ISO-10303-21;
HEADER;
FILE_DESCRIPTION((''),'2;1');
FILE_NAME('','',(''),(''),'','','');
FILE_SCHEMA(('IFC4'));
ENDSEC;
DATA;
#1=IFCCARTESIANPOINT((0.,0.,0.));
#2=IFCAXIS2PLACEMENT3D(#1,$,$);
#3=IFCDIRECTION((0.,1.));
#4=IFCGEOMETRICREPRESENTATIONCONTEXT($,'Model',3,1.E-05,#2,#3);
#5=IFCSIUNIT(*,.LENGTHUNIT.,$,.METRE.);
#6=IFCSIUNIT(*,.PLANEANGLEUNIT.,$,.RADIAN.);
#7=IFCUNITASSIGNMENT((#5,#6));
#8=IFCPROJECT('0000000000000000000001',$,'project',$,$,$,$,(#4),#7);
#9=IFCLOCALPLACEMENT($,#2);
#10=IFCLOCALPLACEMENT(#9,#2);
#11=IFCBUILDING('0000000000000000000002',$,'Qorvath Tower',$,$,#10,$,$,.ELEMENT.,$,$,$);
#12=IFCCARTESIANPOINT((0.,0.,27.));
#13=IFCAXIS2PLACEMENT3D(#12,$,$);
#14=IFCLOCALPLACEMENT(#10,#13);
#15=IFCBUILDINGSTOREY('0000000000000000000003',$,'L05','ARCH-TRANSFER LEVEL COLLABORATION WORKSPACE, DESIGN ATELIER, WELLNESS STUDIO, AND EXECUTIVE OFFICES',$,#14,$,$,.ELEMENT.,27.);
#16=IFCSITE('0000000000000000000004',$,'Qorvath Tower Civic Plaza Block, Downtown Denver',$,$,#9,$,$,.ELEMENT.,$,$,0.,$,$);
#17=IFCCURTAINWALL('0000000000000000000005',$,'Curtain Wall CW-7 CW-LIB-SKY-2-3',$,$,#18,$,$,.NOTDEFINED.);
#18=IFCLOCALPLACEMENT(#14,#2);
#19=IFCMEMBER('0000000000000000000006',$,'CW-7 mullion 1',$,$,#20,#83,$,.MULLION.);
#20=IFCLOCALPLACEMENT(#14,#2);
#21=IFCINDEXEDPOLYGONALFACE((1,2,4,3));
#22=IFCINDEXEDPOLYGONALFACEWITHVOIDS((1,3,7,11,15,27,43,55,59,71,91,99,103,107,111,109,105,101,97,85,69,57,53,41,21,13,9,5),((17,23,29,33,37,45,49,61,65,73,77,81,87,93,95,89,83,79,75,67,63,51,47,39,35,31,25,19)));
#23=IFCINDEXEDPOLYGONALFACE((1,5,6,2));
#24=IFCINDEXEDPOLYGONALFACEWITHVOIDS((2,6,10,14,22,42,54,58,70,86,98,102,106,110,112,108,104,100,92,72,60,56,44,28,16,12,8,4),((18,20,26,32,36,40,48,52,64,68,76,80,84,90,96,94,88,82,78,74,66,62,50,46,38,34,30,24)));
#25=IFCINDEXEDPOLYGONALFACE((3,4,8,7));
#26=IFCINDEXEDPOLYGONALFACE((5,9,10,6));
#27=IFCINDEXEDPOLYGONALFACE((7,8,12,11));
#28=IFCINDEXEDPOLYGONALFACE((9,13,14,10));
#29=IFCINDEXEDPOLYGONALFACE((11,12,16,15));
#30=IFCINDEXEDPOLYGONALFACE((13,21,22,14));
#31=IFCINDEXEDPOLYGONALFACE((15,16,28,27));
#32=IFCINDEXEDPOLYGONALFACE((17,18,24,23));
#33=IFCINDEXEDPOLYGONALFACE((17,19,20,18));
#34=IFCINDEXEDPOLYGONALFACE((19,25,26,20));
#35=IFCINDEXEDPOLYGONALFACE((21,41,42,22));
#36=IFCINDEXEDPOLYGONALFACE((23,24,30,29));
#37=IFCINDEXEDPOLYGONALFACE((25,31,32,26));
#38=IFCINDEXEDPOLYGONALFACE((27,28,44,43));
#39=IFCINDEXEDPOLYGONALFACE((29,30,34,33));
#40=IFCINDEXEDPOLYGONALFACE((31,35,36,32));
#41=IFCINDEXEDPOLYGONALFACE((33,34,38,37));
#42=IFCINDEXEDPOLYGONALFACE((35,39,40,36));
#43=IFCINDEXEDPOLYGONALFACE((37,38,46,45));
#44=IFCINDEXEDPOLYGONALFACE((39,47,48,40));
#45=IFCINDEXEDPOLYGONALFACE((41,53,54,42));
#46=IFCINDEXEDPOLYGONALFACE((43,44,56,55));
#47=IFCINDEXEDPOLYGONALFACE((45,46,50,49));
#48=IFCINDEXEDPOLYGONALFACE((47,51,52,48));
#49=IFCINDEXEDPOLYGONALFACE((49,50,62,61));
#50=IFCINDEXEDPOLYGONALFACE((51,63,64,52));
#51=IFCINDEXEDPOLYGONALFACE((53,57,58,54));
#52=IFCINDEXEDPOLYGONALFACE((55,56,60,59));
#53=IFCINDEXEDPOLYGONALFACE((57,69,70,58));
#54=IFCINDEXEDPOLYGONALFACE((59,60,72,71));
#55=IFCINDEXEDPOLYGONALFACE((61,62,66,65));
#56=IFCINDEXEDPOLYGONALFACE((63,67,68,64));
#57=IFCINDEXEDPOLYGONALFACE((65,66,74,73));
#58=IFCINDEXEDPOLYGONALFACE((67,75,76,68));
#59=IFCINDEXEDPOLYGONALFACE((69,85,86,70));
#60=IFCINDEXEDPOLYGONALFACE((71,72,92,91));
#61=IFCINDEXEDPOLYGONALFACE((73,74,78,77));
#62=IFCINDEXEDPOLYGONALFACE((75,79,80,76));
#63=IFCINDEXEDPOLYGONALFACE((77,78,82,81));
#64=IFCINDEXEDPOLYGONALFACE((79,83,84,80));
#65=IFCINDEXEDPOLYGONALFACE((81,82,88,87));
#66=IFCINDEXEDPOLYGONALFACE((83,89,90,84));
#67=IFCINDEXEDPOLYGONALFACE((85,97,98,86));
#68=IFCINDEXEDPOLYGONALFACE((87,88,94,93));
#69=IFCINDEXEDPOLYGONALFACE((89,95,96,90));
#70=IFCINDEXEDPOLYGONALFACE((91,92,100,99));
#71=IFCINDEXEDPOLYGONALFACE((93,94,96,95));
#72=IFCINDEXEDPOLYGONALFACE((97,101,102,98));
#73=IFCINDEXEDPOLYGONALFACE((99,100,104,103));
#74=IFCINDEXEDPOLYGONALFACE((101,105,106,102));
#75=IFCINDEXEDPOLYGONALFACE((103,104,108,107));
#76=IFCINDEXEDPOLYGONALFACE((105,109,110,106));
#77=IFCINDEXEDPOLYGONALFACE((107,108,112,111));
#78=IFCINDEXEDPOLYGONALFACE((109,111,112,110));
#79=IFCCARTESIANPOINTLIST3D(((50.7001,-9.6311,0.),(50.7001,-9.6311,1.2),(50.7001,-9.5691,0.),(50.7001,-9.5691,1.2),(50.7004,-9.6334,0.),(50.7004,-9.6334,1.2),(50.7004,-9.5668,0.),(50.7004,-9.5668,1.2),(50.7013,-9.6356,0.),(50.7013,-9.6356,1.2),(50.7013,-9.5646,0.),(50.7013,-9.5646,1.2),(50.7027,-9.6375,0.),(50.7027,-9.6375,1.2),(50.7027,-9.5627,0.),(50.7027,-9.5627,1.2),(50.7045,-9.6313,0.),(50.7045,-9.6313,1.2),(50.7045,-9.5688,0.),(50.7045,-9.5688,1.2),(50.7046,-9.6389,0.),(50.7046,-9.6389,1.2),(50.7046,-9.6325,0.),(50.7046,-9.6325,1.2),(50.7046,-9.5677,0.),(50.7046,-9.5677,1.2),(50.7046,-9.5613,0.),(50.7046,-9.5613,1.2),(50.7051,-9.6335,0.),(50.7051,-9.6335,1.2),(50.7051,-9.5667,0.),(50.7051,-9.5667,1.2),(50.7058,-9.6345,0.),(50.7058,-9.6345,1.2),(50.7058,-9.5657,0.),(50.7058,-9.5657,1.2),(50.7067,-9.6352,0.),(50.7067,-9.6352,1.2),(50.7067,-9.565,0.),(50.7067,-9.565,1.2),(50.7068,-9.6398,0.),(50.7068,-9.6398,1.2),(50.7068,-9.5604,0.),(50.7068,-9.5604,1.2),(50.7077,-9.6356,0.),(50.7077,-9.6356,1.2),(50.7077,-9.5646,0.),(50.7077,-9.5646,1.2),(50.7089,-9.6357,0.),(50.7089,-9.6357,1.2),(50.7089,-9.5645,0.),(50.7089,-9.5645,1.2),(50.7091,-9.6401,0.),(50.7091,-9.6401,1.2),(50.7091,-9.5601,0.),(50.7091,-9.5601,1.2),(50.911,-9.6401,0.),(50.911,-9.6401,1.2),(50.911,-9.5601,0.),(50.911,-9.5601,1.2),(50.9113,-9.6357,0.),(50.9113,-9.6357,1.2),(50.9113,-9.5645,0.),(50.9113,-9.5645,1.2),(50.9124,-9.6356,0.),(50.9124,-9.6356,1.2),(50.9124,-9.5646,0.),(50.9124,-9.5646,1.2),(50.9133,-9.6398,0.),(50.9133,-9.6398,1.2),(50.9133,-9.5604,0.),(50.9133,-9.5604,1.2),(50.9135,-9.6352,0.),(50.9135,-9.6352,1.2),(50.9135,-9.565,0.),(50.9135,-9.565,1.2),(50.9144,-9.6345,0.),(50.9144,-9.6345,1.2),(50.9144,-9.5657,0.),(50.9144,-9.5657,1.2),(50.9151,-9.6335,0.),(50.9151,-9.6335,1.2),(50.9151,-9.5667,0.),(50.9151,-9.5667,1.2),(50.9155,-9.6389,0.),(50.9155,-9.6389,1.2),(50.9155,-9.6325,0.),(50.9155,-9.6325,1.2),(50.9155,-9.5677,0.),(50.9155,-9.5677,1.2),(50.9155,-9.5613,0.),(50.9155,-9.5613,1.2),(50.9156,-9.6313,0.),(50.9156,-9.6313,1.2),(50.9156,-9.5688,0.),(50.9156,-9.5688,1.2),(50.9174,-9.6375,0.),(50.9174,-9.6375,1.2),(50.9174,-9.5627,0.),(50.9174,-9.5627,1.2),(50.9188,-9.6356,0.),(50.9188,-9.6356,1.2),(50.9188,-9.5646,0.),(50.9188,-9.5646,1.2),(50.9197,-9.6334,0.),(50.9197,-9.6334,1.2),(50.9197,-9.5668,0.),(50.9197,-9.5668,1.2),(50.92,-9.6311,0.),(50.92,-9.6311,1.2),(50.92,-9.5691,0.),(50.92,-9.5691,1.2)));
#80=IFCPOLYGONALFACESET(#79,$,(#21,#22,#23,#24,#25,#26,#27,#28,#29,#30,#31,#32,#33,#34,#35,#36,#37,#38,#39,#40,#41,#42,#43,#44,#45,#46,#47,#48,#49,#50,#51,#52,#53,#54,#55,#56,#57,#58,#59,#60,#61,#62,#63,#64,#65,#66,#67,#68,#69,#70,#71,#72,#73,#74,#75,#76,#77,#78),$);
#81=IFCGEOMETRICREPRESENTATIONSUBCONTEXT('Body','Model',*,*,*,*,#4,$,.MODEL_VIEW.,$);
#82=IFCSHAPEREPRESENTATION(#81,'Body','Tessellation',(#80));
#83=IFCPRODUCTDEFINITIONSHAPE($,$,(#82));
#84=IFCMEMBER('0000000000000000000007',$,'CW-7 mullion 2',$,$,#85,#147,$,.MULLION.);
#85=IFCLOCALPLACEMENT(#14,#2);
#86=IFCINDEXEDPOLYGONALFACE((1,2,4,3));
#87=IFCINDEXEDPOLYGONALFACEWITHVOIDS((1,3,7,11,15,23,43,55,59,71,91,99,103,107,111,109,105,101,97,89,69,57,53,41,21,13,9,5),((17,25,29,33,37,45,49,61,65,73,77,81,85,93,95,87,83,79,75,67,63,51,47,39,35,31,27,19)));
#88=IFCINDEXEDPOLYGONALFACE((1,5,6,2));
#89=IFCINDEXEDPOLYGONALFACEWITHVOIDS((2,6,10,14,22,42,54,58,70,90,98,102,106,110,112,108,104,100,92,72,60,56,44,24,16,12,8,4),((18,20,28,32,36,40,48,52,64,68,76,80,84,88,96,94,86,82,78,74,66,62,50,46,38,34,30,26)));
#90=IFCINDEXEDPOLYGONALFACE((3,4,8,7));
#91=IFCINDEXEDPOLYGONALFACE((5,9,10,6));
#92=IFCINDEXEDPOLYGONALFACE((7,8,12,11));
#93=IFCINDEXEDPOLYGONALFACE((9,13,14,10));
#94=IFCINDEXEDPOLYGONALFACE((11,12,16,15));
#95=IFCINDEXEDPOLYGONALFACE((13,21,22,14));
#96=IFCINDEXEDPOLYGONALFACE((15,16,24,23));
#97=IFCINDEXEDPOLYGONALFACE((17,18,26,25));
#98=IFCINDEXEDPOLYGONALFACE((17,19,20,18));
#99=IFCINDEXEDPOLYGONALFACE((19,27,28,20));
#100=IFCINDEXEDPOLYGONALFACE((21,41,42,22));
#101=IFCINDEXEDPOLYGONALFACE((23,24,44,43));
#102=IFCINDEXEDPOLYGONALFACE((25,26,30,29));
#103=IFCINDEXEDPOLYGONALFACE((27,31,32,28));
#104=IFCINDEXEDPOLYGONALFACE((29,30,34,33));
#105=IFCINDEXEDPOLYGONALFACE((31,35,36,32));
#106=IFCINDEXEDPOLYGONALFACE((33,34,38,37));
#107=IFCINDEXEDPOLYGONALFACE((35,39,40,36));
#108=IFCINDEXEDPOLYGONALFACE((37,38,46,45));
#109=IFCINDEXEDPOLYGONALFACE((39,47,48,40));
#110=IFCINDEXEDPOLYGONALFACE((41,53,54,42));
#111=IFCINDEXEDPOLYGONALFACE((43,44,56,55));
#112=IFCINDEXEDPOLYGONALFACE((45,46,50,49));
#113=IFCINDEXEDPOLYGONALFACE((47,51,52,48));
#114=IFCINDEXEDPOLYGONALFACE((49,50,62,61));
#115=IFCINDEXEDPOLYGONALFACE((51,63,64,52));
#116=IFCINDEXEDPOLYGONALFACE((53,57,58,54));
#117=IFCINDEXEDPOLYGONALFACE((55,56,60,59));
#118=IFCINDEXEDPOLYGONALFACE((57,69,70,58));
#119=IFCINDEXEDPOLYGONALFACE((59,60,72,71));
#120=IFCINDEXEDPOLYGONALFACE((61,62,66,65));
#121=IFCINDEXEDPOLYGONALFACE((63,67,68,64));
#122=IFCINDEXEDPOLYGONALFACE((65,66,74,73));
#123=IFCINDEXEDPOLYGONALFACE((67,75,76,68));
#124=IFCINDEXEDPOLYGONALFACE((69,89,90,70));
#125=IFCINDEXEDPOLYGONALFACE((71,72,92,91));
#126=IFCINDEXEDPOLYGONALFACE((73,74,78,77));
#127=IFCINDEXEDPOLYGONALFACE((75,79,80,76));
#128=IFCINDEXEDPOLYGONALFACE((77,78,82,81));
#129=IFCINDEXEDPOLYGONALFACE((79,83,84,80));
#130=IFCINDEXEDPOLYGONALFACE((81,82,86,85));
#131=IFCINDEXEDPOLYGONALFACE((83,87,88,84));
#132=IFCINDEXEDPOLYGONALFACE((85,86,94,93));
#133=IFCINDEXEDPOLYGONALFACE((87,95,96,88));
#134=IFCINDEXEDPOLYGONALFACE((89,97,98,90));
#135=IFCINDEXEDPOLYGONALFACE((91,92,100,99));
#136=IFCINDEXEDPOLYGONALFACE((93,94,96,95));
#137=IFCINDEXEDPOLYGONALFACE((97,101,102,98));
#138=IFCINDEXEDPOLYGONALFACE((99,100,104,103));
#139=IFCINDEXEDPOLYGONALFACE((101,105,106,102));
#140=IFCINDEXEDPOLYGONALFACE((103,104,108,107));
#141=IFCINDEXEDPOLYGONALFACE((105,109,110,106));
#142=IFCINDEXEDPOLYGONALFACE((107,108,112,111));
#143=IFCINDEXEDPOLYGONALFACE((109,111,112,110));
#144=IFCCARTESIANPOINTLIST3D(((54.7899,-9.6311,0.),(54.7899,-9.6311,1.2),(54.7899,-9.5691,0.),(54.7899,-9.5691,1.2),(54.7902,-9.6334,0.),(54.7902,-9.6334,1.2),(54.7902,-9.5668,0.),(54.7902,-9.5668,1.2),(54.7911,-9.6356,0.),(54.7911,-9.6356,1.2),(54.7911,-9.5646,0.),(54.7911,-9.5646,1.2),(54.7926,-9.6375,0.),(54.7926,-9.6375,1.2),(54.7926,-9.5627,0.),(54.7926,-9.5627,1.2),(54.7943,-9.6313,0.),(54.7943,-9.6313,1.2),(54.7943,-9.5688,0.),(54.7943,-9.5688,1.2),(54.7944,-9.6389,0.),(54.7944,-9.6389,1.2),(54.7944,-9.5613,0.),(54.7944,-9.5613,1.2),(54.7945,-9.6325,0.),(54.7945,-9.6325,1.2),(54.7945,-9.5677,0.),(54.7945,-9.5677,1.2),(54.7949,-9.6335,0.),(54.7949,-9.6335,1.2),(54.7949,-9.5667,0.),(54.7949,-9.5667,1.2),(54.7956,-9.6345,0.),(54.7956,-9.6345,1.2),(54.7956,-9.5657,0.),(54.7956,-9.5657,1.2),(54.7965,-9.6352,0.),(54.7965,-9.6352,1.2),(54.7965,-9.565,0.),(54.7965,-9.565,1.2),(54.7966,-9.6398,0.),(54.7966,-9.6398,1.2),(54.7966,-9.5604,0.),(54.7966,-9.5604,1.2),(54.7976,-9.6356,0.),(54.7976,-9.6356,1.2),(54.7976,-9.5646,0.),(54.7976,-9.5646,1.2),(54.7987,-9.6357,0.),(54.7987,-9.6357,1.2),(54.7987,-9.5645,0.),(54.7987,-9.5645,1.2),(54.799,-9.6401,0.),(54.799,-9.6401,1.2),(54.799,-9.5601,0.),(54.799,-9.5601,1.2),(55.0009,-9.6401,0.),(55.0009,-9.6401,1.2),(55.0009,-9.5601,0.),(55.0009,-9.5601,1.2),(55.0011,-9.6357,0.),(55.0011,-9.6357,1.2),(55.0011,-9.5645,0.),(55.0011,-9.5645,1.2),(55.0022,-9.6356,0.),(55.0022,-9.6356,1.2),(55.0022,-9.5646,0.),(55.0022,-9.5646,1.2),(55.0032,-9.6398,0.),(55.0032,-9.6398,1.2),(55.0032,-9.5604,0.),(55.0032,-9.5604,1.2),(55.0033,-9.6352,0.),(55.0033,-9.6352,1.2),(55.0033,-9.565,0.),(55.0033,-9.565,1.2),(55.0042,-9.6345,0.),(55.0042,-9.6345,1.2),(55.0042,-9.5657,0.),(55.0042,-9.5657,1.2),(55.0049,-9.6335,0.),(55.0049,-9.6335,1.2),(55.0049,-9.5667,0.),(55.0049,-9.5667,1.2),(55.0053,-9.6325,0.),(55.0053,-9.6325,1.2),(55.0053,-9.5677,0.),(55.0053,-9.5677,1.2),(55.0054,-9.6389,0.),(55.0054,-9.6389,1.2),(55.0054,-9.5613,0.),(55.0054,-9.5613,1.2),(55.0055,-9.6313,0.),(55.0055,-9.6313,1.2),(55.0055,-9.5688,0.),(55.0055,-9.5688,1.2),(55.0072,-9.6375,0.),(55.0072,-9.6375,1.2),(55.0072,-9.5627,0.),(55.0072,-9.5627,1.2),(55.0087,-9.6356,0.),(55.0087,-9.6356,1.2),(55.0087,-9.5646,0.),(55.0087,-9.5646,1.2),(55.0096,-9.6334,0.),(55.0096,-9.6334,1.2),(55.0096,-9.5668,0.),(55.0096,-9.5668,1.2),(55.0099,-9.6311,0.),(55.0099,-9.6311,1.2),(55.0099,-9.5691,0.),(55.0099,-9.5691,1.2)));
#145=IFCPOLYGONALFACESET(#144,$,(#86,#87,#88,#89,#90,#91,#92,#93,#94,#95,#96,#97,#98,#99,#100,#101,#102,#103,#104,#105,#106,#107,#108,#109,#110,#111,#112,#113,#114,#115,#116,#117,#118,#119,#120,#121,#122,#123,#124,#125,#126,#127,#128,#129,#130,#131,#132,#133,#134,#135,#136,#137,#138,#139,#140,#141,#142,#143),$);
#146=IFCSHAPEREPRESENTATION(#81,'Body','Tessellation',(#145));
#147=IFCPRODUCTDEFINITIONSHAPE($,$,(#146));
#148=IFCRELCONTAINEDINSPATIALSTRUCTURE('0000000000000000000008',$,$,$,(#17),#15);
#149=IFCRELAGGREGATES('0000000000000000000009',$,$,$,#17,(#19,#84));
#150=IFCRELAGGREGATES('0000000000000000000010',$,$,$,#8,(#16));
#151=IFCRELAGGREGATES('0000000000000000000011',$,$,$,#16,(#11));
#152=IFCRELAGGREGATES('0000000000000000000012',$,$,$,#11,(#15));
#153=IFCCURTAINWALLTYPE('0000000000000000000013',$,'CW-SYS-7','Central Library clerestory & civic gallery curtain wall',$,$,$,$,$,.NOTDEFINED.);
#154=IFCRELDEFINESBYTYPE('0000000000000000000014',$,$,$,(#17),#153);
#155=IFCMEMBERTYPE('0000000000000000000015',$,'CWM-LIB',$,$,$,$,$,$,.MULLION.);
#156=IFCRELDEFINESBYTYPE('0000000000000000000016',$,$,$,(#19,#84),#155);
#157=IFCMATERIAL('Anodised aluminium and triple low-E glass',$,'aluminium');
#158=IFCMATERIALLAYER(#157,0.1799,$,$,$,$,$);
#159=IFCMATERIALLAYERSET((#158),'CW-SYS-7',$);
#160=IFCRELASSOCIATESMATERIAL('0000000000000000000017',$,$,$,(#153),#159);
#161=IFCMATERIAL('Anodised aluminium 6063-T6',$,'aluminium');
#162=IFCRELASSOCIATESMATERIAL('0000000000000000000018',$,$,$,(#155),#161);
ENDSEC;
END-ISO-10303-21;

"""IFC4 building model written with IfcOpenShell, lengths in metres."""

from ifc_helpers import new_model, si_unit, direction, frame, origin, origin_2d, place, context, subcontext, project, spatial, hollow_rectangle, extrude, material, layer, layer_set, material_profile, profile_set, type_object, element, aggregate, save


model = new_model("IFC4")

# Units and contexts
model_context = context("Model", 3, precision=1e-05, world=origin(), true_north=direction((0.0, 1.0)))
body_context = subcontext(model_context, "Body", "Model", "MODEL_VIEW")
ifc_project = project(units=[si_unit("LENGTHUNIT", "METRE"), si_unit("PLANEANGLEUNIT", "RADIAN")], contexts=[model_context])

# Site, building, storey
site_placement = place(None, origin())
site = spatial("IfcSite", under=ifc_project, at=site_placement, Name="Qorvath Tower Civic Plaza Block, Downtown Denver", CompositionType="ELEMENT", RefElevation=0.0)
building_placement = place(site_placement, origin())
building = spatial("IfcBuilding", under=site, at=building_placement, Name="Qorvath Tower", CompositionType="ELEMENT")
storey_placement = place(building_placement, frame((0.0, 0.0, 27.0)))
storey = spatial("IfcBuildingStorey", under=building, at=storey_placement, Name="L05", Description="ARCH-TRANSFER LEVEL COLLABORATION WORKSPACE, DESIGN ATELIER, WELLNESS STUDIO, AND EXECUTIVE OFFICES", CompositionType="ELEMENT", Elevation=27.0)

# Curtain wall, members
ifc_material_1 = material(Name="Anodised aluminium and triple low-E glass", Category="aluminium")
ifc_layer_1 = layer(ifc_material_1, 0.1799)
ifc_layer_set_1 = layer_set([ifc_layer_1], Name="CW-SYS-7")
curtain_wall_type = type_object("IfcCurtainWallType", Name="CW-SYS-7", Description="Central Library clerestory & civic gallery curtain wall", PredefinedType="NOTDEFINED", material=ifc_layer_set_1)
ifc_material_2 = material(Name="Anodised aluminium 6063-T6", Category="aluminium")
ifc_material_profile_1 = material_profile(ifc_material_2, hollow_rectangle(XDim=0.0801, YDim=0.22, WallThickness=0.0044, InnerFilletRadius=0.0044, OuterFilletRadius=0.009, at=origin_2d()), Name="CWM LIB 220x80")
ifc_profile_set_1 = profile_set([ifc_material_profile_1], Name="Anodised aluminium 6063-T6")
member_type_1 = type_object("IfcMemberType", Name="CWM-LIB", PredefinedType="MULLION", material=ifc_profile_set_1)
curtain_wall_1_placement = place(storey_placement, origin())
curtain_wall_1 = element("IfcCurtainWall", 1, at=curtain_wall_1_placement, inside=storey, type_object=curtain_wall_type, Name="Curtain Wall CW-7 CW-LIB-SKY-2-3", PredefinedType="NOTDEFINED")
member_1_placement = place(storey_placement, frame((50.8101, -9.6001, 0.0), z_axis=(0.0, 0.0, 1.0), x_axis=(0.0, 1.0, 0.0)))
member_1 = element("IfcMember", 2, at=member_1_placement, type_object=member_type_1, Name="CW-7 mullion 1", PredefinedType="MULLION", context=body_context, shape_type="SweptSolid", body=[
    extrude(hollow_rectangle(XDim=0.0801, YDim=0.22, WallThickness=0.0044, InnerFilletRadius=0.0044, OuterFilletRadius=0.009, at=origin_2d()), origin(), (0.0, 0.0, 1.0), 1.2),
])
member_2_placement = place(storey_placement, frame((54.8999, -9.6001, 0.0), z_axis=(0.0, 0.0, 1.0), x_axis=(0.0, 1.0, 0.0)))
member_2 = element("IfcMember", 3, at=member_2_placement, type_object=member_type_1, Name="CW-7 mullion 2", PredefinedType="MULLION", context=body_context, shape_type="SweptSolid", body=[
    extrude(hollow_rectangle(XDim=0.0801, YDim=0.22, WallThickness=0.0044, InnerFilletRadius=0.0044, OuterFilletRadius=0.009, at=origin_2d()), origin(), (0.0, 0.0, 1.0), 1.2),
])

aggregate(curtain_wall_1, [member_1, member_2])

save(model, "model.ifc")
